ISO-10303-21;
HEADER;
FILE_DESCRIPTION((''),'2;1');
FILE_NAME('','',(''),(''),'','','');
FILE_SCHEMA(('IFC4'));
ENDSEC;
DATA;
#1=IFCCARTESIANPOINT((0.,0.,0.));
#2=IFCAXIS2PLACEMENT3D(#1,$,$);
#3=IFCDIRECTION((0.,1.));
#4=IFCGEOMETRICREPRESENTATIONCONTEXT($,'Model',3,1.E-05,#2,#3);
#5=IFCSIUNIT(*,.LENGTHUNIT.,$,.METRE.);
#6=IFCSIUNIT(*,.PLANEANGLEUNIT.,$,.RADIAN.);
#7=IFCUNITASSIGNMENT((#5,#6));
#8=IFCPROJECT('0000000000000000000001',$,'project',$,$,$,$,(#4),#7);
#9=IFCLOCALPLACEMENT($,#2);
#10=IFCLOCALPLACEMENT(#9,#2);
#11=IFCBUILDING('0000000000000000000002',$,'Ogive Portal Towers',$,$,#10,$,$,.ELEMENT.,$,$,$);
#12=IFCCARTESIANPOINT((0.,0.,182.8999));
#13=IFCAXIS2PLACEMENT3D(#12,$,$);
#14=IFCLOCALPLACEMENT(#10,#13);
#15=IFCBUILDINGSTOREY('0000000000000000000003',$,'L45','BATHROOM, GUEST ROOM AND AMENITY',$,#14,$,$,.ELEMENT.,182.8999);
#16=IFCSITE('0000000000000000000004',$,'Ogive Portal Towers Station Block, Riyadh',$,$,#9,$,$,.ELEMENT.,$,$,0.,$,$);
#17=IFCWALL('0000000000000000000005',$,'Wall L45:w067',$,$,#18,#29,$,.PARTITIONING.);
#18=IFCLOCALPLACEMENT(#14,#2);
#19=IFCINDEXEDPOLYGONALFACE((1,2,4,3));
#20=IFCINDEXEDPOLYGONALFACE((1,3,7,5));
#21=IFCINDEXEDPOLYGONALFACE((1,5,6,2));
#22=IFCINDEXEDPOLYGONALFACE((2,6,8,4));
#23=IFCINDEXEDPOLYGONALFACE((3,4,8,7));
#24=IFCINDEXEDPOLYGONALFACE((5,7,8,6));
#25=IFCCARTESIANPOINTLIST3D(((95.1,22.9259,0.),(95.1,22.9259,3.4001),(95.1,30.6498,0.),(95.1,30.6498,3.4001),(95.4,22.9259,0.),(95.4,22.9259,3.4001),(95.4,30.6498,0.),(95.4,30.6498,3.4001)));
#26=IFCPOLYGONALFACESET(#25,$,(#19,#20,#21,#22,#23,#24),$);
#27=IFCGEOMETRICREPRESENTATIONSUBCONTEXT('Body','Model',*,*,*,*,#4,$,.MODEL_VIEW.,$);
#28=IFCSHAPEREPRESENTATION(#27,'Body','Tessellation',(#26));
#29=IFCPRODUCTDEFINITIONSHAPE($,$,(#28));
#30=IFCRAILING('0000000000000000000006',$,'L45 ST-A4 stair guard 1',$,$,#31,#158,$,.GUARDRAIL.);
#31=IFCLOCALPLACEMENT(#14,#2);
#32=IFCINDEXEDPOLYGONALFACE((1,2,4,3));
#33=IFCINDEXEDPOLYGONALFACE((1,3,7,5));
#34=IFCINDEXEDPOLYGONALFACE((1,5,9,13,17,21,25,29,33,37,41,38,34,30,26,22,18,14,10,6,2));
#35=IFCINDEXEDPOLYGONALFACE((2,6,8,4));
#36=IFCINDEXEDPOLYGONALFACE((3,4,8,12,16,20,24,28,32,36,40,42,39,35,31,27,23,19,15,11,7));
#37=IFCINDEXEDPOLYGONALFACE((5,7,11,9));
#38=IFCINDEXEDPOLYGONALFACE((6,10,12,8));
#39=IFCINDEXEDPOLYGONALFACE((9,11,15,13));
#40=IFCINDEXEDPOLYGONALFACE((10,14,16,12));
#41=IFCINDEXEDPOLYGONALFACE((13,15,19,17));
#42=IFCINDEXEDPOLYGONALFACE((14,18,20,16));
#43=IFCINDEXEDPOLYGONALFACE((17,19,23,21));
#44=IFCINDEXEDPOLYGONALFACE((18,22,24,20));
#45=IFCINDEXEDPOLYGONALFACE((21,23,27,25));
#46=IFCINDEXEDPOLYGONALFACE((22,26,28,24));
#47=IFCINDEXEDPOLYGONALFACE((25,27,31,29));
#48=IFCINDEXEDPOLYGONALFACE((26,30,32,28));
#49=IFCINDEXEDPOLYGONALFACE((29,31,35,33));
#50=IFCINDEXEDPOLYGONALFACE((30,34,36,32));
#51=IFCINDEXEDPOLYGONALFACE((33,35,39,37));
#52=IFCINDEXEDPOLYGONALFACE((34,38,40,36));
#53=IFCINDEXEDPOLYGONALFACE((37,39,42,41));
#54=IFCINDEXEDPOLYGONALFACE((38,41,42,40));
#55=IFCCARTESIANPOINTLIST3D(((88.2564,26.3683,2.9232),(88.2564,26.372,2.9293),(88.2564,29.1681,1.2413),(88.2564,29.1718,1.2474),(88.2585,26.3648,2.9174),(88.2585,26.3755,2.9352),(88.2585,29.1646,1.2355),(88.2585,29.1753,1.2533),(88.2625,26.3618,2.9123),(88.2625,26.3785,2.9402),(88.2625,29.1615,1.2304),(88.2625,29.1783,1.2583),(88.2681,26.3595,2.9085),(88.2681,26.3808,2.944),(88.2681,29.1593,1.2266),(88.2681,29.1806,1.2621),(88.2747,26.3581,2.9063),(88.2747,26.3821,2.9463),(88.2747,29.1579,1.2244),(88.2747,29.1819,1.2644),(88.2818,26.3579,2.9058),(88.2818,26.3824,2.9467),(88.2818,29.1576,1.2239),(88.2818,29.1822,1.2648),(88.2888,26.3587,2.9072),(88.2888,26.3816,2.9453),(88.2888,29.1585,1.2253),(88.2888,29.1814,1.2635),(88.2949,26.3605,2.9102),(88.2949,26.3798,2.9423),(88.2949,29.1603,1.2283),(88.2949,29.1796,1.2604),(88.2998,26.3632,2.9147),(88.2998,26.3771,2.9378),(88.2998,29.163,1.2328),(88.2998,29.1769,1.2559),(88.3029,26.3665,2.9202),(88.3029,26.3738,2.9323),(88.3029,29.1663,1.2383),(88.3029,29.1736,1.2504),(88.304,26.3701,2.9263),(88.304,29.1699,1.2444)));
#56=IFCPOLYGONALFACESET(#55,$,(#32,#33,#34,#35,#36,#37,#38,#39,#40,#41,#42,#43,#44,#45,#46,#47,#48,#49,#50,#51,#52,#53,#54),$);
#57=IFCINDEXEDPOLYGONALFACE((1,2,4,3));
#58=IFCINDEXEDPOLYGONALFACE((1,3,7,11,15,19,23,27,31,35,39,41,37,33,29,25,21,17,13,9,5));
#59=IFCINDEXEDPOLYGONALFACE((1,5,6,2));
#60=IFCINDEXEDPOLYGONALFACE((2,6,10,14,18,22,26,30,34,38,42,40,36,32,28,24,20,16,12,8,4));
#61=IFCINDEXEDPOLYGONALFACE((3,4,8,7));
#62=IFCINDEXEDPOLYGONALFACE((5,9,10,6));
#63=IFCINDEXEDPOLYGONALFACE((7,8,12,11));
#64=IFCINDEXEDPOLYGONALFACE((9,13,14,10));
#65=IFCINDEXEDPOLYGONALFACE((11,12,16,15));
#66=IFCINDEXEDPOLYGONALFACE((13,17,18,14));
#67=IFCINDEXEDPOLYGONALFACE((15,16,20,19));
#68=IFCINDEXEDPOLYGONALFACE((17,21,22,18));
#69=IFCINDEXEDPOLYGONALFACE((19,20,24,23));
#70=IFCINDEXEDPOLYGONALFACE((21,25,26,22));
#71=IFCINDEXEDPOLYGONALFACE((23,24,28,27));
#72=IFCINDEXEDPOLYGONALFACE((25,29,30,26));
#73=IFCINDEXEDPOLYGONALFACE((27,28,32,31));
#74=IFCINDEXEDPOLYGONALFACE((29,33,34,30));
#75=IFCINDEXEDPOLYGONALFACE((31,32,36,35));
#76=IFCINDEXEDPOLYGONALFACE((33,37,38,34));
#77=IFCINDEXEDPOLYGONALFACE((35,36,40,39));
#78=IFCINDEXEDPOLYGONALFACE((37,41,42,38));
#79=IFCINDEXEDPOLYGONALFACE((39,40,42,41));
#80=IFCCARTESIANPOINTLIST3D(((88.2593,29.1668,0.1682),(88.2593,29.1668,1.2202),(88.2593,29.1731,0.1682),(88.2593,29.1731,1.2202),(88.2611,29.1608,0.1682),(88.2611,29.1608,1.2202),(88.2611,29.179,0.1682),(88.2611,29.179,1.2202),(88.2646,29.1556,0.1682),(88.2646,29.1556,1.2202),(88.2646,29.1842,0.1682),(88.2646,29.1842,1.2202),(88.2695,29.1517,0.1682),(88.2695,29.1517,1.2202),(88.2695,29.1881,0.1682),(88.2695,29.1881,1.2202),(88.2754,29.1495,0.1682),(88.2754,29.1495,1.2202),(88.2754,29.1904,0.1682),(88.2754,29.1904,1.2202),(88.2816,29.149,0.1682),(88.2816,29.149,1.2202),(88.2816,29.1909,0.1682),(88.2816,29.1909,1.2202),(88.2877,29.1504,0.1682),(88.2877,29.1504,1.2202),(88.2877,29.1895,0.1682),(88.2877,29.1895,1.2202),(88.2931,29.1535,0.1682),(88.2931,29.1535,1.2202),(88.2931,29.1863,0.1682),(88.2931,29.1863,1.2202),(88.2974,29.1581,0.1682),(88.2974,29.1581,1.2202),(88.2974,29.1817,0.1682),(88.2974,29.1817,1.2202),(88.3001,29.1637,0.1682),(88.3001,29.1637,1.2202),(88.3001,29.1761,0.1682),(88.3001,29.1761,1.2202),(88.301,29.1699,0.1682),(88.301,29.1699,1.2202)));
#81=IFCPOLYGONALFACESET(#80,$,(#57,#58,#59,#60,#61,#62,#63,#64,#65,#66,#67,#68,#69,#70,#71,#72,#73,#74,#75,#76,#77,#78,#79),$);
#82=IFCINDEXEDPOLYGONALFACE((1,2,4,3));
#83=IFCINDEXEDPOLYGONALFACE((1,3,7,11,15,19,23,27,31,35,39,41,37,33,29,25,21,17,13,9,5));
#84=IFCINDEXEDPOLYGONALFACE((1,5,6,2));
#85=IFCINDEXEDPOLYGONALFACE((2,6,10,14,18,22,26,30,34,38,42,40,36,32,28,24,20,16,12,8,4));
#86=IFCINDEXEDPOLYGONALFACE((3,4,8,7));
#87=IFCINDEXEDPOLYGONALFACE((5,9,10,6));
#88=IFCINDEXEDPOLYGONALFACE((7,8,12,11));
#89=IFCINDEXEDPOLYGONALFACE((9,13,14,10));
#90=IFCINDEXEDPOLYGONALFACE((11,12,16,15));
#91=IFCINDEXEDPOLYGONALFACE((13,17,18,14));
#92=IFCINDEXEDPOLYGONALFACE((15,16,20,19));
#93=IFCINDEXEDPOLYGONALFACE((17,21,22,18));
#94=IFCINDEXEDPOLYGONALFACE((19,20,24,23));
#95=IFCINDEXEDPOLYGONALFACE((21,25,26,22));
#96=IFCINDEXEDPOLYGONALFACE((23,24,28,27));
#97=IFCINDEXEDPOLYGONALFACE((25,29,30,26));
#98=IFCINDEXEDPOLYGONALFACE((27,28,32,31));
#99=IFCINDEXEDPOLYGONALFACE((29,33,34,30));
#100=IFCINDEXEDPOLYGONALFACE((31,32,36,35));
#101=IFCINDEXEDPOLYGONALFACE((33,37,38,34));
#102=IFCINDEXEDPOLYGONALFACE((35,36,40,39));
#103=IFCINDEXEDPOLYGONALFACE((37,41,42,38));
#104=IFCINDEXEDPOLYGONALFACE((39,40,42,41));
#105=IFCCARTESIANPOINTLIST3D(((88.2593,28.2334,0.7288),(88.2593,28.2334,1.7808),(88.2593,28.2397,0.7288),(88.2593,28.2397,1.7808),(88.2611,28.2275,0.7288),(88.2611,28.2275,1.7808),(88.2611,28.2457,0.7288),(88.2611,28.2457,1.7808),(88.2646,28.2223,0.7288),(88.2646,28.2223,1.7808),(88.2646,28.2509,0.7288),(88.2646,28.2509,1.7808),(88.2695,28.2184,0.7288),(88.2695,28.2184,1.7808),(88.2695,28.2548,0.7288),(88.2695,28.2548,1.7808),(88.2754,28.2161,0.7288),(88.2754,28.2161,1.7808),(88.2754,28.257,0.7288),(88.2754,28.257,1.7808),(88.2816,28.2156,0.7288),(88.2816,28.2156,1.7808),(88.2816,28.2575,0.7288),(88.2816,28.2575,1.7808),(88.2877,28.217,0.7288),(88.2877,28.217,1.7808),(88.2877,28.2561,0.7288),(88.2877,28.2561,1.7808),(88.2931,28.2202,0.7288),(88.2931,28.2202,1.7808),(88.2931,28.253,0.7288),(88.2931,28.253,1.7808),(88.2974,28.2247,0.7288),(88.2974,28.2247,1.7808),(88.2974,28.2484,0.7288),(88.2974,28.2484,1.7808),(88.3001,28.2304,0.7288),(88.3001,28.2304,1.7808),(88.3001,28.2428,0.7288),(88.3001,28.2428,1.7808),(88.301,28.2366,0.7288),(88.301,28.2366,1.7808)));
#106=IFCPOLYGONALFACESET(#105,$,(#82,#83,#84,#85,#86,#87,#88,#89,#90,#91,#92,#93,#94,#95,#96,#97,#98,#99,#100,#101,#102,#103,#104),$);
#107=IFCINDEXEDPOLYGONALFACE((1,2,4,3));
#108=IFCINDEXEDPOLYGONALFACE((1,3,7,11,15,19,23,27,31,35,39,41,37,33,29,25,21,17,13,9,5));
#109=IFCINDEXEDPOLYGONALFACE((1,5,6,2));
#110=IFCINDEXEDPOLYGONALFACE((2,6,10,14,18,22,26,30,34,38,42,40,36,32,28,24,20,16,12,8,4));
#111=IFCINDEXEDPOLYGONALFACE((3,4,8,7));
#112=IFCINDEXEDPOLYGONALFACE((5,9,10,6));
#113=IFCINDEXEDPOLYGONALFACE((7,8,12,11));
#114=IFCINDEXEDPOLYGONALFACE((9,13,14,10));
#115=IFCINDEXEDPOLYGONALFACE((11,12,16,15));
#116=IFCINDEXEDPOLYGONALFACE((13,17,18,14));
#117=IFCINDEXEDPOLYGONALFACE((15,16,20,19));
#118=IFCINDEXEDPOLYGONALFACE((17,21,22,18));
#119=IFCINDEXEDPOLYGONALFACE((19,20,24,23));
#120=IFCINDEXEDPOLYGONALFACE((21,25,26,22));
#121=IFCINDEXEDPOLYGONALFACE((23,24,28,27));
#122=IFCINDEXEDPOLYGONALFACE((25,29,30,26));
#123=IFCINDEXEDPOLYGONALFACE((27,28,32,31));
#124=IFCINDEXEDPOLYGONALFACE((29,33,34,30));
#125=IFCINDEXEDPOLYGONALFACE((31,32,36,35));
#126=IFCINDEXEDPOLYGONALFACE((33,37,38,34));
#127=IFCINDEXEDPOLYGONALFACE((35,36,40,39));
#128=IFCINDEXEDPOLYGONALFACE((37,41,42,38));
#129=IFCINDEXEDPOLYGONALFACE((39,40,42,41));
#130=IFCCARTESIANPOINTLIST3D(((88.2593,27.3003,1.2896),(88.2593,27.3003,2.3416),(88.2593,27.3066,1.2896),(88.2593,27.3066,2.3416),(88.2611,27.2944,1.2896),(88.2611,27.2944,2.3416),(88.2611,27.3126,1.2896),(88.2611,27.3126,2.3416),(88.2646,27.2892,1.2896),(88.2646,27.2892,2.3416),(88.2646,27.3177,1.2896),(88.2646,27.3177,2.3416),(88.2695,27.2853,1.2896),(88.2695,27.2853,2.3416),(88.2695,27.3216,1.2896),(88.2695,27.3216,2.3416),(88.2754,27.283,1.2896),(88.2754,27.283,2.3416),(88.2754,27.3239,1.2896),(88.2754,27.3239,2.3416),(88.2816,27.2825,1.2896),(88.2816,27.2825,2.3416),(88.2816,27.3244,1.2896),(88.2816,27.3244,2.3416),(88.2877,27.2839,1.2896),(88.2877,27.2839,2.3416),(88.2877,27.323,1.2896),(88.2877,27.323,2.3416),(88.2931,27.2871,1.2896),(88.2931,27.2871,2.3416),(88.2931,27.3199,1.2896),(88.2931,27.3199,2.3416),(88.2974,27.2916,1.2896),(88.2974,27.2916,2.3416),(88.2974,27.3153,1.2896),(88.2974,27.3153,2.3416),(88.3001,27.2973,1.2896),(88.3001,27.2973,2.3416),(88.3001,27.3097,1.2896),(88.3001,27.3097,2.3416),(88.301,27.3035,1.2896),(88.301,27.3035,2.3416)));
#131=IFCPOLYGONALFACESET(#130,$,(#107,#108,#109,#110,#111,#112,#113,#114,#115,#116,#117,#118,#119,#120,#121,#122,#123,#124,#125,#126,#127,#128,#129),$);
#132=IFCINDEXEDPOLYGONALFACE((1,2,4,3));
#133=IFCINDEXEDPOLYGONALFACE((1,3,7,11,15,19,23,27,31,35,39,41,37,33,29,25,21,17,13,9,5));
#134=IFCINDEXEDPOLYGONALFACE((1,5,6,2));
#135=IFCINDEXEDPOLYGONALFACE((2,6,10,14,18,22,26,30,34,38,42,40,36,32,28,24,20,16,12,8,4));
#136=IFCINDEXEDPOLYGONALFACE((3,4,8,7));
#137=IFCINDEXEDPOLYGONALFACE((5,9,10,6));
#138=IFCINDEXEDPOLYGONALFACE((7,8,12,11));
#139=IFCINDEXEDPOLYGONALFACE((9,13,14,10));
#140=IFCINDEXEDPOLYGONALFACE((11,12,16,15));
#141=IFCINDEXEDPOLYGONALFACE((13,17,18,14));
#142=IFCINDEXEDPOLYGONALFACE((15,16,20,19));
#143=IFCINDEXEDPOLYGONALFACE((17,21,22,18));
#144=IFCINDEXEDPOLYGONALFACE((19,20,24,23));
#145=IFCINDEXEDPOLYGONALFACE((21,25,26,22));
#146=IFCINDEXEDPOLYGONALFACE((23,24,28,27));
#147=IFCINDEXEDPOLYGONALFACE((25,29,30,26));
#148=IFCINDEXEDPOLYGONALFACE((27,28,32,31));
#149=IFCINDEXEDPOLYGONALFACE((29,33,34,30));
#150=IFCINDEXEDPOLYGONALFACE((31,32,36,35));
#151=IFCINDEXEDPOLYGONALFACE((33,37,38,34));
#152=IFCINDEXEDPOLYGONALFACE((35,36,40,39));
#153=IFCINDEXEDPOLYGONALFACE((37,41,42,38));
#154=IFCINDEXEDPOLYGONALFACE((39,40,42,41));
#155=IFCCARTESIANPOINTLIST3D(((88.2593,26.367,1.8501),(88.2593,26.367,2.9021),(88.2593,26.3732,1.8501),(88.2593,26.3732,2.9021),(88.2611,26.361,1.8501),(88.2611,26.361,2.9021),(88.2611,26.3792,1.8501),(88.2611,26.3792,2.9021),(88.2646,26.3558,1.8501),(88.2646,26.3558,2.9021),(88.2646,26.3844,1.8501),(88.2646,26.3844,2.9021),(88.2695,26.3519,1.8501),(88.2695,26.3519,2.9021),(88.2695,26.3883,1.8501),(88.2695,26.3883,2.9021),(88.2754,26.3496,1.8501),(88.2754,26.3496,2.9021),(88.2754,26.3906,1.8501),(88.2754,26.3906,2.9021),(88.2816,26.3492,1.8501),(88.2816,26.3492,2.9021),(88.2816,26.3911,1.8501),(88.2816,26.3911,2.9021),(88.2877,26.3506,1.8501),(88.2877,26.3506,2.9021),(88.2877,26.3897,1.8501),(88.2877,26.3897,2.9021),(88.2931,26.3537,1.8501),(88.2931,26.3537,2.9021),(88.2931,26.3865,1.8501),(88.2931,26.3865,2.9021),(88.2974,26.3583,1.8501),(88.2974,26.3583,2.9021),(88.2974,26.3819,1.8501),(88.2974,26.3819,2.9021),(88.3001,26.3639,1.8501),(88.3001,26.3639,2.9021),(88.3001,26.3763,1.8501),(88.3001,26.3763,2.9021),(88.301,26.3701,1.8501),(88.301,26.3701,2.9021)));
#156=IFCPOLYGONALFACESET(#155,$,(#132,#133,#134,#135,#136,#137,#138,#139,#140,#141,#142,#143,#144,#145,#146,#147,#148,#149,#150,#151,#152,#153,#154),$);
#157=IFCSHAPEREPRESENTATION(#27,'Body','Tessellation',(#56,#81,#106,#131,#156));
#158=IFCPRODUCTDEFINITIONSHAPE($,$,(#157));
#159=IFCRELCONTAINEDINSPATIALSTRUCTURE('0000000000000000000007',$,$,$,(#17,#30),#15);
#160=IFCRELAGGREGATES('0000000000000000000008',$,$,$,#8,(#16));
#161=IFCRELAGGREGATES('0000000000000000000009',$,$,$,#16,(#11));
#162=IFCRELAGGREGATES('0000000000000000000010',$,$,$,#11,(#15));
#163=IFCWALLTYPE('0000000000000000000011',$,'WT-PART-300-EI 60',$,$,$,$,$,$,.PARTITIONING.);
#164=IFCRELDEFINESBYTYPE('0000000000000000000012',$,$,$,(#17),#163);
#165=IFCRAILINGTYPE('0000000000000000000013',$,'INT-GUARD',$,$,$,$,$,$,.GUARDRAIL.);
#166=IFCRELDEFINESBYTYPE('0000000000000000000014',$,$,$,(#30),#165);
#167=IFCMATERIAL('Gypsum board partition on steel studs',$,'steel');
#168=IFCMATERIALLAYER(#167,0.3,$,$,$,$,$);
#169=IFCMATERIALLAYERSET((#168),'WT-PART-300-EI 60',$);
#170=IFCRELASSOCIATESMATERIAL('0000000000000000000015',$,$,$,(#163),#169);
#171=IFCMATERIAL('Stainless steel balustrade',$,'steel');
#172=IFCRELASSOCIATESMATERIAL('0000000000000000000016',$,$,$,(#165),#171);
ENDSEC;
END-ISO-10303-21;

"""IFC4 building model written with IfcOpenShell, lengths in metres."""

from ifc_helpers import new_model, si_unit, direction, frame, frame_2d, origin, origin_2d, place, context, subcontext, project, spatial, rectangle, circle, extrude, material, layer, layer_set, type_object, element, save


model = new_model("IFC4")

# Units and contexts
model_context = context("Model", 3, precision=1e-05, world=origin(), true_north=direction((0.0, 1.0)))
body_context = subcontext(model_context, "Body", "Model", "MODEL_VIEW")
ifc_project = project(units=[si_unit("LENGTHUNIT", "METRE"), si_unit("PLANEANGLEUNIT", "RADIAN")], contexts=[model_context])

# Site, building, storey
site_placement = place(None, origin())
site = spatial("IfcSite", under=ifc_project, at=site_placement, Name="Ogive Portal Towers Station Block, Riyadh", CompositionType="ELEMENT", RefElevation=0.0)
building_placement = place(site_placement, origin())
building = spatial("IfcBuilding", under=site, at=building_placement, Name="Ogive Portal Towers", CompositionType="ELEMENT")
storey_placement = place(building_placement, frame((0.0, 0.0, 182.8999)))
storey = spatial("IfcBuildingStorey", under=building, at=storey_placement, Name="L45", Description="BATHROOM, GUEST ROOM AND AMENITY", CompositionType="ELEMENT", Elevation=182.8999)

# Wall
ifc_material_1 = material(Name="Gypsum board partition on steel studs", Category="steel")
ifc_layer_1 = layer(ifc_material_1, 0.3)
ifc_layer_set_1 = layer_set([ifc_layer_1], Name="WT-PART-300-EI 60")
wall_type_1 = type_object("IfcWallType", Name="WT-PART-300-EI 60", PredefinedType="PARTITIONING", material=ifc_layer_set_1)
wall_1_placement = place(storey_placement, frame((95.25, 22.926, 0.0), z_axis=(0.0, 0.0, 1.0), x_axis=(0.0, 1.0, 0.0)))
element("IfcWall", 1, at=wall_1_placement, inside=storey, type_object=wall_type_1, Name="Wall L45:w067", PredefinedType="PARTITIONING", context=body_context, shape_type="SweptSolid", body=[
    extrude(rectangle(XDim=7.7239, YDim=0.3, at=frame_2d((3.8618, 0.0))), origin(), (0.0, 0.0, 1.0), 3.4001),
])

# Railing
ifc_material_2 = material(Name="Stainless steel balustrade", Category="steel")
railing_type_1 = type_object("IfcRailingType", Name="INT-GUARD", PredefinedType="GUARDRAIL", material=ifc_material_2)
railing_1_placement = place(storey_placement, frame((88.28, 29.1699, 0.1682)))
element("IfcRailing", 2, at=railing_1_placement, inside=storey, type_object=railing_type_1, Name="L45 ST-A4 stair guard 1", PredefinedType="GUARDRAIL", context=body_context, shape_type="SweptSolid", body=[
    extrude(circle(Radius=0.0239, at=origin_2d()), frame((0.0, 0.0, 1.0762), z_axis=(0.0, -0.857222, 0.514946), x_axis=(1.0, 0.0, 0.0)), (0.0, 0.0, 1.0), 3.2661),
    extrude(circle(Radius=0.021, at=origin_2d()), origin(), (0.0, 0.0, 1.0), 1.052),
    extrude(circle(Radius=0.021, at=origin_2d()), frame((0.0, -0.9333, 0.5605)), (0.0, 0.0, 1.0), 1.052),
    extrude(circle(Radius=0.021, at=origin_2d()), frame((0.0, -1.8665, 1.1213)), (0.0, 0.0, 1.0), 1.052),
    extrude(circle(Radius=0.021, at=origin_2d()), frame((0.0, -2.7998, 1.6819)), (0.0, 0.0, 1.0), 1.052),
])

save(model, "model.ifc")
